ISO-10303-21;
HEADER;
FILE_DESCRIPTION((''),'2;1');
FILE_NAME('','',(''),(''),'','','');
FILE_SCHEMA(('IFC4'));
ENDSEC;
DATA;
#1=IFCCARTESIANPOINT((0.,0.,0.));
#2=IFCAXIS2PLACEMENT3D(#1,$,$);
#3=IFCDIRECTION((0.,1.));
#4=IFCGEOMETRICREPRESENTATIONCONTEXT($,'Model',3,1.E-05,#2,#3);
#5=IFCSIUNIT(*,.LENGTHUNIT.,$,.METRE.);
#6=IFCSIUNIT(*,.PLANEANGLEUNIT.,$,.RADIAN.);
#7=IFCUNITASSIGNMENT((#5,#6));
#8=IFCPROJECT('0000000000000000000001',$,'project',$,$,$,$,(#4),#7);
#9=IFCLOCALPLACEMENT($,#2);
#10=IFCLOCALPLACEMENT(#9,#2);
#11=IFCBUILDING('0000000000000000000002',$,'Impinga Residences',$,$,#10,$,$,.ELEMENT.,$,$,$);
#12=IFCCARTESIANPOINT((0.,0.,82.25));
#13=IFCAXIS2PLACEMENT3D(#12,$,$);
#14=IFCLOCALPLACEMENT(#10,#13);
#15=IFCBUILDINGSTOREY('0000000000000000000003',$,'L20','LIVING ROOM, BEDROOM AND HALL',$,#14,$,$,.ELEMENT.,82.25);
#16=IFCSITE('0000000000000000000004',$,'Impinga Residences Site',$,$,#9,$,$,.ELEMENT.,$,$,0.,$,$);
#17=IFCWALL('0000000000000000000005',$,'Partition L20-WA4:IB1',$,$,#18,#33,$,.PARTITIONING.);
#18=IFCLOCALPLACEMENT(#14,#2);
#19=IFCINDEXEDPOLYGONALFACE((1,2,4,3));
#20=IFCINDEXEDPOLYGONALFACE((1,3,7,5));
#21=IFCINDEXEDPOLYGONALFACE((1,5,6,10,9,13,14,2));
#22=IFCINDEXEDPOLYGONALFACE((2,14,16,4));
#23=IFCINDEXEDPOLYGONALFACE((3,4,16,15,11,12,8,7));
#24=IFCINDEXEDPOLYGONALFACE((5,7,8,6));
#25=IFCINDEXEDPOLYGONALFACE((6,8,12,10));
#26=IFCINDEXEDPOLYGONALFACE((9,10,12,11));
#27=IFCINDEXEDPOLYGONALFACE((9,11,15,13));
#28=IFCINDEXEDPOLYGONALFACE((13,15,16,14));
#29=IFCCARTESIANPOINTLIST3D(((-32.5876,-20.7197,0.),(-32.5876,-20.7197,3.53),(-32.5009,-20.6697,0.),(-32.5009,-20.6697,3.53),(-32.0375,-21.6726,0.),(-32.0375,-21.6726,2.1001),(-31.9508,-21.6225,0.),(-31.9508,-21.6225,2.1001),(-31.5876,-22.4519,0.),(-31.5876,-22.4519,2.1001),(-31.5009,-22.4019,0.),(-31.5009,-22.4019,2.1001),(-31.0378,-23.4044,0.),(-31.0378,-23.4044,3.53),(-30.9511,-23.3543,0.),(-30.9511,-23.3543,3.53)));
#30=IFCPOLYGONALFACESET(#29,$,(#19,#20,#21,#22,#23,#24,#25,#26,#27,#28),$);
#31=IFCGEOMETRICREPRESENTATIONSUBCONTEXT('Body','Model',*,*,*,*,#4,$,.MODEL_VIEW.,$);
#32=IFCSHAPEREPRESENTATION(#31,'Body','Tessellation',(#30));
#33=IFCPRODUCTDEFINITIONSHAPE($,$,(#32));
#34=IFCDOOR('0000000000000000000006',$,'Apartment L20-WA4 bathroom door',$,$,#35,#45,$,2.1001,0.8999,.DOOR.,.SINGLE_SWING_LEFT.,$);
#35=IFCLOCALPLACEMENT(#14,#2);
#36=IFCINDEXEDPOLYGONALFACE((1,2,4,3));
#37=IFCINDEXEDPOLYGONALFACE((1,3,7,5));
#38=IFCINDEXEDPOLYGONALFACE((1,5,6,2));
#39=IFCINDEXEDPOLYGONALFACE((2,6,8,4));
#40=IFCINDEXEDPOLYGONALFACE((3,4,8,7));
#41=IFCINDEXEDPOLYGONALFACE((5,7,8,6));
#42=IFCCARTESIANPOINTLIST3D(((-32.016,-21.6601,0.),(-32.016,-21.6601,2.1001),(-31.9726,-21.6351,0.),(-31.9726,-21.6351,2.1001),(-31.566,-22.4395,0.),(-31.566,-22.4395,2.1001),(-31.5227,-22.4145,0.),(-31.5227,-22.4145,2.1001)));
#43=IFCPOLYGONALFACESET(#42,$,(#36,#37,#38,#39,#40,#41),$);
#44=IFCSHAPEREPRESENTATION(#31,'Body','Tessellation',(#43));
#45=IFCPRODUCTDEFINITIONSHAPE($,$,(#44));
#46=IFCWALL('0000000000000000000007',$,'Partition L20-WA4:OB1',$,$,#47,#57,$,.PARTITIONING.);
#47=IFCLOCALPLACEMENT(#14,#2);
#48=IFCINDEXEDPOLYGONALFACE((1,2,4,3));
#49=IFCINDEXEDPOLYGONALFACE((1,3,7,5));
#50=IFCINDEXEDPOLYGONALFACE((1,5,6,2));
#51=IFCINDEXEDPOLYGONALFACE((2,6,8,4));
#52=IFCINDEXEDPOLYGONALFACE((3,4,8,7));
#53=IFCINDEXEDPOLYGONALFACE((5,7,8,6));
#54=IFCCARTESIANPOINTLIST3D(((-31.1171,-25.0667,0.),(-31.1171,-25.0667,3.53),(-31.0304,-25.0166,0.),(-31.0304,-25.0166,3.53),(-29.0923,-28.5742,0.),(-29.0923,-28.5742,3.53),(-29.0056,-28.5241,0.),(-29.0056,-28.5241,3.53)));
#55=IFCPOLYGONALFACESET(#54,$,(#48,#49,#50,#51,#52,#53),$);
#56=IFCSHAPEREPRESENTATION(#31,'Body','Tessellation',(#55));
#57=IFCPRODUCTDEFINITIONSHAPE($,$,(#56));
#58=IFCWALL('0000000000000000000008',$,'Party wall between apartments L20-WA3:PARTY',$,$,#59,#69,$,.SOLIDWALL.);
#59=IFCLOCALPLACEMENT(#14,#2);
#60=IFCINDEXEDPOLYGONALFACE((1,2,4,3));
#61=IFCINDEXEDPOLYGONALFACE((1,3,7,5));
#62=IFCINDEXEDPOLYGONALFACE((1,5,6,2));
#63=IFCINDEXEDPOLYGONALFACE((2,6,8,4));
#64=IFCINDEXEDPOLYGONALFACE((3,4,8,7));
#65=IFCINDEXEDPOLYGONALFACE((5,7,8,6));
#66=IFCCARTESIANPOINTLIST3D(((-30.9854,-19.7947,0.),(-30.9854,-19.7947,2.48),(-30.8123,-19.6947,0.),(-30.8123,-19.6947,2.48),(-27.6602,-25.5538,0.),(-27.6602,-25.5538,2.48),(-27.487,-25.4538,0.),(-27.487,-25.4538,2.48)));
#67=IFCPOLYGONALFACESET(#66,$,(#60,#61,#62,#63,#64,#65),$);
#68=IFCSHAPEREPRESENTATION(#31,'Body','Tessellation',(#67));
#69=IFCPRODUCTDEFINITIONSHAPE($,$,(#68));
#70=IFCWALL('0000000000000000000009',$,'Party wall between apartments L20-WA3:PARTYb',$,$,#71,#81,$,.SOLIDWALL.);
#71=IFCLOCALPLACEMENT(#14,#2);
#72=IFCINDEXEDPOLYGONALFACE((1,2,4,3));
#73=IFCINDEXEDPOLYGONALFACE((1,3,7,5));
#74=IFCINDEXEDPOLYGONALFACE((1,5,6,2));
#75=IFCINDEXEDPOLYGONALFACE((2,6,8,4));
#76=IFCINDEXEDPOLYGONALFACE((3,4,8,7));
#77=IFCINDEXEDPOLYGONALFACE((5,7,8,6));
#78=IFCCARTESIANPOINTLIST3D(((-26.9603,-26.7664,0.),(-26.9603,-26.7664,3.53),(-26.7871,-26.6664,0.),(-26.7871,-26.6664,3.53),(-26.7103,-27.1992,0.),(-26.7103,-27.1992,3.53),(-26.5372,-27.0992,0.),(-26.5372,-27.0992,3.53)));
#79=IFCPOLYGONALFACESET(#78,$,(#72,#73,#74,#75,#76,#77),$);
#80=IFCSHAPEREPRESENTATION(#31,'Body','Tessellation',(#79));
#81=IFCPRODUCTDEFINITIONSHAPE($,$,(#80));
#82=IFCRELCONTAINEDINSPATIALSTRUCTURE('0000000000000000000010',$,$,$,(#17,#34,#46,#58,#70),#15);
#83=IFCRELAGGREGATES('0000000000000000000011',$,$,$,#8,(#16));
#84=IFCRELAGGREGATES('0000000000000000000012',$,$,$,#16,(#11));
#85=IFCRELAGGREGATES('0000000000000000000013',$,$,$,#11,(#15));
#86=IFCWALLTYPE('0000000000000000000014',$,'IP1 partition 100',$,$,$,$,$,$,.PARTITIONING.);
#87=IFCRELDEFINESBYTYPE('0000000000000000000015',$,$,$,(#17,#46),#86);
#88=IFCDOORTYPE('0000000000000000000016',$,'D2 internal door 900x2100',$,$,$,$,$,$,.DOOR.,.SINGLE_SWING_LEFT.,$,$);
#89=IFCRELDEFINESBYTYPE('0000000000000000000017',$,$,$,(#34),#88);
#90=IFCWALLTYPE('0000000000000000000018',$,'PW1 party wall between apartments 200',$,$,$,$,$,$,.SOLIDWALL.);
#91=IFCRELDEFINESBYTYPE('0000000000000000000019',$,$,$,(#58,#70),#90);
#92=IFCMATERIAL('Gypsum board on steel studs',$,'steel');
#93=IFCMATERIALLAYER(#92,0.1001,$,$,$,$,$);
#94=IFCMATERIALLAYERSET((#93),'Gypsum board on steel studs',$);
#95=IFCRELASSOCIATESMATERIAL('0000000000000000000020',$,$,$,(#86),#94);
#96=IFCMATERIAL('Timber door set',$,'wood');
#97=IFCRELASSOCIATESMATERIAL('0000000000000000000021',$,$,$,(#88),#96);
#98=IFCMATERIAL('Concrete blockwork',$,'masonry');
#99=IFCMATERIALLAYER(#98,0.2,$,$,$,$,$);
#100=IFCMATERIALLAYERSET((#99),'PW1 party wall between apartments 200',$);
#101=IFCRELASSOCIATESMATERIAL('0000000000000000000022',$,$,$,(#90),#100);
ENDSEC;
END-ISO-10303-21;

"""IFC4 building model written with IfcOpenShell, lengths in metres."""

from ifc_helpers import new_model, si_unit, direction, frame, frame_2d, origin, place, context, subcontext, project, spatial, rectangle, extrude, material, layer, layer_set, type_object, element, fill, save


model = new_model("IFC4")

# Units and contexts
model_context = context("Model", 3, precision=1e-05, world=origin(), true_north=direction((0.0, 1.0)))
body_context = subcontext(model_context, "Body", "Model", "MODEL_VIEW")
ifc_project = project(units=[si_unit("LENGTHUNIT", "METRE"), si_unit("PLANEANGLEUNIT", "RADIAN")], contexts=[model_context])

# Site, building, storey
site_placement = place(None, origin())
site = spatial("IfcSite", under=ifc_project, at=site_placement, Name="Impinga Residences Site", CompositionType="ELEMENT", RefElevation=0.0)
building_placement = place(site_placement, origin())
building = spatial("IfcBuilding", under=site, at=building_placement, Name="Impinga Residences", CompositionType="ELEMENT")
storey_placement = place(building_placement, frame((0.0, 0.0, 82.25)))
storey = spatial("IfcBuildingStorey", under=building, at=storey_placement, Name="L20", Description="LIVING ROOM, BEDROOM AND HALL", CompositionType="ELEMENT", Elevation=82.25)

# Shared definitions
ifc_material_1 = material(Name="Gypsum board on steel studs", Category="steel")
ifc_layer_1 = layer(ifc_material_1, 0.1001)
ifc_layer_set_1 = layer_set([ifc_layer_1], Name="Gypsum board on steel studs")
wall_type_1 = type_object("IfcWallType", Name="IP1 partition 100", PredefinedType="PARTITIONING", material=ifc_layer_set_1)

# Shared definitions
ifc_material_2 = material(Name="Timber door set", Category="wood")
door_type = type_object("IfcDoorType", Name="D2 internal door 900x2100", OperationType="SINGLE_SWING_LEFT", PredefinedType="DOOR", material=ifc_material_2)

# Wall, opening, door
wall_1_placement = place(storey_placement, frame((-32.5442, -20.6948, 0.0), z_axis=(0.0, 0.0, 1.0), x_axis=(0.499968, -0.866044, 0.0)))
wall_1 = element("IfcWall", 1, at=wall_1_placement, inside=storey, type_object=wall_type_1, Name="Partition L20-WA4:IB1", PredefinedType="PARTITIONING", context=body_context, shape_type="SweptSolid", body=[
    extrude(rectangle(XDim=3.0999, YDim=0.1001, at=frame_2d((1.5498, 0.0))), origin(), (0.0, 0.0, 1.0), 3.53),
])
opening_1_placement = place(wall_1_placement, frame((1.1001, 0.0, 0.0)))
opening_1 = element("IfcOpeningElement", 2, at=opening_1_placement, cuts=wall_1, PredefinedType="OPENING", context=body_context, shape_type="SweptSolid", body=[
    extrude(rectangle(XDim=0.8999, YDim=2.1001, at=frame_2d((0.45, 1.05))), frame((0.0, 0.0601, 0.0), z_axis=(0.0, -1.0, 0.0), x_axis=(1.0, 0.0, 0.0)), (0.0, 0.0, 1.0), 0.1201),
])
door_1_placement = place(opening_1_placement, origin())
door_1 = element("IfcDoor", 3, at=door_1_placement, inside=storey, type_object=door_type, Name="Apartment L20-WA4 bathroom door", OperationType="SINGLE_SWING_LEFT", OverallHeight=2.1001, OverallWidth=0.8999, PredefinedType="DOOR", context=body_context, shape_type="SweptSolid", body=[
    extrude(rectangle(XDim=0.8999, YDim=2.1001, at=frame_2d((0.45, 1.05))), frame((0.0, 0.0249, 0.0), z_axis=(0.0, -1.0, 0.0), x_axis=(1.0, 0.0, 0.0)), (0.0, 0.0, 1.0), 0.05),
])
fill(opening_1, door_1)

# Walls
wall_2_placement = place(storey_placement, frame((-31.0737, -25.0417, 0.0), z_axis=(0.0, 0.0, 1.0), x_axis=(0.499964, -0.866046, 0.0)))
element("IfcWall", 4, at=wall_2_placement, inside=storey, type_object=wall_type_1, Name="Partition L20-WA4:OB1", PredefinedType="PARTITIONING", context=body_context, shape_type="SweptSolid", body=[
    extrude(rectangle(XDim=4.05, YDim=0.1001, at=frame_2d((2.0249, 0.0))), origin(), (0.0, 0.0, 1.0), 3.53),
])
ifc_material_3 = material(Name="Concrete blockwork", Category="masonry")
ifc_layer_2 = layer(ifc_material_3, 0.2)
ifc_layer_set_2 = layer_set([ifc_layer_2], Name="PW1 party wall between apartments 200")
wall_type_2 = type_object("IfcWallType", Name="PW1 party wall between apartments 200", PredefinedType="SOLIDWALL", material=ifc_layer_set_2)
wall_3_placement = place(storey_placement, frame((-30.8989, -19.7446, 0.0), z_axis=(0.0, 0.0, 1.0), x_axis=(0.500024, -0.866011, 0.0)))
element("IfcWall", 5, at=wall_3_placement, inside=storey, type_object=wall_type_2, Name="Party wall between apartments L20-WA3:PARTY", PredefinedType="SOLIDWALL", context=body_context, shape_type="SweptSolid", body=[
    extrude(rectangle(XDim=6.6501, YDim=0.2, at=frame_2d((3.3252, 0.0))), origin(), (0.0, 0.0, 1.0), 2.48),
])
wall_4_placement = place(storey_placement, frame((-26.8738, -26.7163, 0.0), z_axis=(0.0, 0.0, 1.0), x_axis=(0.500131, -0.86595, 0.0)))
element("IfcWall", 6, at=wall_4_placement, inside=storey, type_object=wall_type_2, Name="Party wall between apartments L20-WA3:PARTYb", PredefinedType="SOLIDWALL", context=body_context, shape_type="SweptSolid", body=[
    extrude(rectangle(XDim=0.4998, YDim=0.2, at=frame_2d((0.25, 0.0))), origin(), (0.0, 0.0, 1.0), 3.53),
])

save(model, "model.ifc")
